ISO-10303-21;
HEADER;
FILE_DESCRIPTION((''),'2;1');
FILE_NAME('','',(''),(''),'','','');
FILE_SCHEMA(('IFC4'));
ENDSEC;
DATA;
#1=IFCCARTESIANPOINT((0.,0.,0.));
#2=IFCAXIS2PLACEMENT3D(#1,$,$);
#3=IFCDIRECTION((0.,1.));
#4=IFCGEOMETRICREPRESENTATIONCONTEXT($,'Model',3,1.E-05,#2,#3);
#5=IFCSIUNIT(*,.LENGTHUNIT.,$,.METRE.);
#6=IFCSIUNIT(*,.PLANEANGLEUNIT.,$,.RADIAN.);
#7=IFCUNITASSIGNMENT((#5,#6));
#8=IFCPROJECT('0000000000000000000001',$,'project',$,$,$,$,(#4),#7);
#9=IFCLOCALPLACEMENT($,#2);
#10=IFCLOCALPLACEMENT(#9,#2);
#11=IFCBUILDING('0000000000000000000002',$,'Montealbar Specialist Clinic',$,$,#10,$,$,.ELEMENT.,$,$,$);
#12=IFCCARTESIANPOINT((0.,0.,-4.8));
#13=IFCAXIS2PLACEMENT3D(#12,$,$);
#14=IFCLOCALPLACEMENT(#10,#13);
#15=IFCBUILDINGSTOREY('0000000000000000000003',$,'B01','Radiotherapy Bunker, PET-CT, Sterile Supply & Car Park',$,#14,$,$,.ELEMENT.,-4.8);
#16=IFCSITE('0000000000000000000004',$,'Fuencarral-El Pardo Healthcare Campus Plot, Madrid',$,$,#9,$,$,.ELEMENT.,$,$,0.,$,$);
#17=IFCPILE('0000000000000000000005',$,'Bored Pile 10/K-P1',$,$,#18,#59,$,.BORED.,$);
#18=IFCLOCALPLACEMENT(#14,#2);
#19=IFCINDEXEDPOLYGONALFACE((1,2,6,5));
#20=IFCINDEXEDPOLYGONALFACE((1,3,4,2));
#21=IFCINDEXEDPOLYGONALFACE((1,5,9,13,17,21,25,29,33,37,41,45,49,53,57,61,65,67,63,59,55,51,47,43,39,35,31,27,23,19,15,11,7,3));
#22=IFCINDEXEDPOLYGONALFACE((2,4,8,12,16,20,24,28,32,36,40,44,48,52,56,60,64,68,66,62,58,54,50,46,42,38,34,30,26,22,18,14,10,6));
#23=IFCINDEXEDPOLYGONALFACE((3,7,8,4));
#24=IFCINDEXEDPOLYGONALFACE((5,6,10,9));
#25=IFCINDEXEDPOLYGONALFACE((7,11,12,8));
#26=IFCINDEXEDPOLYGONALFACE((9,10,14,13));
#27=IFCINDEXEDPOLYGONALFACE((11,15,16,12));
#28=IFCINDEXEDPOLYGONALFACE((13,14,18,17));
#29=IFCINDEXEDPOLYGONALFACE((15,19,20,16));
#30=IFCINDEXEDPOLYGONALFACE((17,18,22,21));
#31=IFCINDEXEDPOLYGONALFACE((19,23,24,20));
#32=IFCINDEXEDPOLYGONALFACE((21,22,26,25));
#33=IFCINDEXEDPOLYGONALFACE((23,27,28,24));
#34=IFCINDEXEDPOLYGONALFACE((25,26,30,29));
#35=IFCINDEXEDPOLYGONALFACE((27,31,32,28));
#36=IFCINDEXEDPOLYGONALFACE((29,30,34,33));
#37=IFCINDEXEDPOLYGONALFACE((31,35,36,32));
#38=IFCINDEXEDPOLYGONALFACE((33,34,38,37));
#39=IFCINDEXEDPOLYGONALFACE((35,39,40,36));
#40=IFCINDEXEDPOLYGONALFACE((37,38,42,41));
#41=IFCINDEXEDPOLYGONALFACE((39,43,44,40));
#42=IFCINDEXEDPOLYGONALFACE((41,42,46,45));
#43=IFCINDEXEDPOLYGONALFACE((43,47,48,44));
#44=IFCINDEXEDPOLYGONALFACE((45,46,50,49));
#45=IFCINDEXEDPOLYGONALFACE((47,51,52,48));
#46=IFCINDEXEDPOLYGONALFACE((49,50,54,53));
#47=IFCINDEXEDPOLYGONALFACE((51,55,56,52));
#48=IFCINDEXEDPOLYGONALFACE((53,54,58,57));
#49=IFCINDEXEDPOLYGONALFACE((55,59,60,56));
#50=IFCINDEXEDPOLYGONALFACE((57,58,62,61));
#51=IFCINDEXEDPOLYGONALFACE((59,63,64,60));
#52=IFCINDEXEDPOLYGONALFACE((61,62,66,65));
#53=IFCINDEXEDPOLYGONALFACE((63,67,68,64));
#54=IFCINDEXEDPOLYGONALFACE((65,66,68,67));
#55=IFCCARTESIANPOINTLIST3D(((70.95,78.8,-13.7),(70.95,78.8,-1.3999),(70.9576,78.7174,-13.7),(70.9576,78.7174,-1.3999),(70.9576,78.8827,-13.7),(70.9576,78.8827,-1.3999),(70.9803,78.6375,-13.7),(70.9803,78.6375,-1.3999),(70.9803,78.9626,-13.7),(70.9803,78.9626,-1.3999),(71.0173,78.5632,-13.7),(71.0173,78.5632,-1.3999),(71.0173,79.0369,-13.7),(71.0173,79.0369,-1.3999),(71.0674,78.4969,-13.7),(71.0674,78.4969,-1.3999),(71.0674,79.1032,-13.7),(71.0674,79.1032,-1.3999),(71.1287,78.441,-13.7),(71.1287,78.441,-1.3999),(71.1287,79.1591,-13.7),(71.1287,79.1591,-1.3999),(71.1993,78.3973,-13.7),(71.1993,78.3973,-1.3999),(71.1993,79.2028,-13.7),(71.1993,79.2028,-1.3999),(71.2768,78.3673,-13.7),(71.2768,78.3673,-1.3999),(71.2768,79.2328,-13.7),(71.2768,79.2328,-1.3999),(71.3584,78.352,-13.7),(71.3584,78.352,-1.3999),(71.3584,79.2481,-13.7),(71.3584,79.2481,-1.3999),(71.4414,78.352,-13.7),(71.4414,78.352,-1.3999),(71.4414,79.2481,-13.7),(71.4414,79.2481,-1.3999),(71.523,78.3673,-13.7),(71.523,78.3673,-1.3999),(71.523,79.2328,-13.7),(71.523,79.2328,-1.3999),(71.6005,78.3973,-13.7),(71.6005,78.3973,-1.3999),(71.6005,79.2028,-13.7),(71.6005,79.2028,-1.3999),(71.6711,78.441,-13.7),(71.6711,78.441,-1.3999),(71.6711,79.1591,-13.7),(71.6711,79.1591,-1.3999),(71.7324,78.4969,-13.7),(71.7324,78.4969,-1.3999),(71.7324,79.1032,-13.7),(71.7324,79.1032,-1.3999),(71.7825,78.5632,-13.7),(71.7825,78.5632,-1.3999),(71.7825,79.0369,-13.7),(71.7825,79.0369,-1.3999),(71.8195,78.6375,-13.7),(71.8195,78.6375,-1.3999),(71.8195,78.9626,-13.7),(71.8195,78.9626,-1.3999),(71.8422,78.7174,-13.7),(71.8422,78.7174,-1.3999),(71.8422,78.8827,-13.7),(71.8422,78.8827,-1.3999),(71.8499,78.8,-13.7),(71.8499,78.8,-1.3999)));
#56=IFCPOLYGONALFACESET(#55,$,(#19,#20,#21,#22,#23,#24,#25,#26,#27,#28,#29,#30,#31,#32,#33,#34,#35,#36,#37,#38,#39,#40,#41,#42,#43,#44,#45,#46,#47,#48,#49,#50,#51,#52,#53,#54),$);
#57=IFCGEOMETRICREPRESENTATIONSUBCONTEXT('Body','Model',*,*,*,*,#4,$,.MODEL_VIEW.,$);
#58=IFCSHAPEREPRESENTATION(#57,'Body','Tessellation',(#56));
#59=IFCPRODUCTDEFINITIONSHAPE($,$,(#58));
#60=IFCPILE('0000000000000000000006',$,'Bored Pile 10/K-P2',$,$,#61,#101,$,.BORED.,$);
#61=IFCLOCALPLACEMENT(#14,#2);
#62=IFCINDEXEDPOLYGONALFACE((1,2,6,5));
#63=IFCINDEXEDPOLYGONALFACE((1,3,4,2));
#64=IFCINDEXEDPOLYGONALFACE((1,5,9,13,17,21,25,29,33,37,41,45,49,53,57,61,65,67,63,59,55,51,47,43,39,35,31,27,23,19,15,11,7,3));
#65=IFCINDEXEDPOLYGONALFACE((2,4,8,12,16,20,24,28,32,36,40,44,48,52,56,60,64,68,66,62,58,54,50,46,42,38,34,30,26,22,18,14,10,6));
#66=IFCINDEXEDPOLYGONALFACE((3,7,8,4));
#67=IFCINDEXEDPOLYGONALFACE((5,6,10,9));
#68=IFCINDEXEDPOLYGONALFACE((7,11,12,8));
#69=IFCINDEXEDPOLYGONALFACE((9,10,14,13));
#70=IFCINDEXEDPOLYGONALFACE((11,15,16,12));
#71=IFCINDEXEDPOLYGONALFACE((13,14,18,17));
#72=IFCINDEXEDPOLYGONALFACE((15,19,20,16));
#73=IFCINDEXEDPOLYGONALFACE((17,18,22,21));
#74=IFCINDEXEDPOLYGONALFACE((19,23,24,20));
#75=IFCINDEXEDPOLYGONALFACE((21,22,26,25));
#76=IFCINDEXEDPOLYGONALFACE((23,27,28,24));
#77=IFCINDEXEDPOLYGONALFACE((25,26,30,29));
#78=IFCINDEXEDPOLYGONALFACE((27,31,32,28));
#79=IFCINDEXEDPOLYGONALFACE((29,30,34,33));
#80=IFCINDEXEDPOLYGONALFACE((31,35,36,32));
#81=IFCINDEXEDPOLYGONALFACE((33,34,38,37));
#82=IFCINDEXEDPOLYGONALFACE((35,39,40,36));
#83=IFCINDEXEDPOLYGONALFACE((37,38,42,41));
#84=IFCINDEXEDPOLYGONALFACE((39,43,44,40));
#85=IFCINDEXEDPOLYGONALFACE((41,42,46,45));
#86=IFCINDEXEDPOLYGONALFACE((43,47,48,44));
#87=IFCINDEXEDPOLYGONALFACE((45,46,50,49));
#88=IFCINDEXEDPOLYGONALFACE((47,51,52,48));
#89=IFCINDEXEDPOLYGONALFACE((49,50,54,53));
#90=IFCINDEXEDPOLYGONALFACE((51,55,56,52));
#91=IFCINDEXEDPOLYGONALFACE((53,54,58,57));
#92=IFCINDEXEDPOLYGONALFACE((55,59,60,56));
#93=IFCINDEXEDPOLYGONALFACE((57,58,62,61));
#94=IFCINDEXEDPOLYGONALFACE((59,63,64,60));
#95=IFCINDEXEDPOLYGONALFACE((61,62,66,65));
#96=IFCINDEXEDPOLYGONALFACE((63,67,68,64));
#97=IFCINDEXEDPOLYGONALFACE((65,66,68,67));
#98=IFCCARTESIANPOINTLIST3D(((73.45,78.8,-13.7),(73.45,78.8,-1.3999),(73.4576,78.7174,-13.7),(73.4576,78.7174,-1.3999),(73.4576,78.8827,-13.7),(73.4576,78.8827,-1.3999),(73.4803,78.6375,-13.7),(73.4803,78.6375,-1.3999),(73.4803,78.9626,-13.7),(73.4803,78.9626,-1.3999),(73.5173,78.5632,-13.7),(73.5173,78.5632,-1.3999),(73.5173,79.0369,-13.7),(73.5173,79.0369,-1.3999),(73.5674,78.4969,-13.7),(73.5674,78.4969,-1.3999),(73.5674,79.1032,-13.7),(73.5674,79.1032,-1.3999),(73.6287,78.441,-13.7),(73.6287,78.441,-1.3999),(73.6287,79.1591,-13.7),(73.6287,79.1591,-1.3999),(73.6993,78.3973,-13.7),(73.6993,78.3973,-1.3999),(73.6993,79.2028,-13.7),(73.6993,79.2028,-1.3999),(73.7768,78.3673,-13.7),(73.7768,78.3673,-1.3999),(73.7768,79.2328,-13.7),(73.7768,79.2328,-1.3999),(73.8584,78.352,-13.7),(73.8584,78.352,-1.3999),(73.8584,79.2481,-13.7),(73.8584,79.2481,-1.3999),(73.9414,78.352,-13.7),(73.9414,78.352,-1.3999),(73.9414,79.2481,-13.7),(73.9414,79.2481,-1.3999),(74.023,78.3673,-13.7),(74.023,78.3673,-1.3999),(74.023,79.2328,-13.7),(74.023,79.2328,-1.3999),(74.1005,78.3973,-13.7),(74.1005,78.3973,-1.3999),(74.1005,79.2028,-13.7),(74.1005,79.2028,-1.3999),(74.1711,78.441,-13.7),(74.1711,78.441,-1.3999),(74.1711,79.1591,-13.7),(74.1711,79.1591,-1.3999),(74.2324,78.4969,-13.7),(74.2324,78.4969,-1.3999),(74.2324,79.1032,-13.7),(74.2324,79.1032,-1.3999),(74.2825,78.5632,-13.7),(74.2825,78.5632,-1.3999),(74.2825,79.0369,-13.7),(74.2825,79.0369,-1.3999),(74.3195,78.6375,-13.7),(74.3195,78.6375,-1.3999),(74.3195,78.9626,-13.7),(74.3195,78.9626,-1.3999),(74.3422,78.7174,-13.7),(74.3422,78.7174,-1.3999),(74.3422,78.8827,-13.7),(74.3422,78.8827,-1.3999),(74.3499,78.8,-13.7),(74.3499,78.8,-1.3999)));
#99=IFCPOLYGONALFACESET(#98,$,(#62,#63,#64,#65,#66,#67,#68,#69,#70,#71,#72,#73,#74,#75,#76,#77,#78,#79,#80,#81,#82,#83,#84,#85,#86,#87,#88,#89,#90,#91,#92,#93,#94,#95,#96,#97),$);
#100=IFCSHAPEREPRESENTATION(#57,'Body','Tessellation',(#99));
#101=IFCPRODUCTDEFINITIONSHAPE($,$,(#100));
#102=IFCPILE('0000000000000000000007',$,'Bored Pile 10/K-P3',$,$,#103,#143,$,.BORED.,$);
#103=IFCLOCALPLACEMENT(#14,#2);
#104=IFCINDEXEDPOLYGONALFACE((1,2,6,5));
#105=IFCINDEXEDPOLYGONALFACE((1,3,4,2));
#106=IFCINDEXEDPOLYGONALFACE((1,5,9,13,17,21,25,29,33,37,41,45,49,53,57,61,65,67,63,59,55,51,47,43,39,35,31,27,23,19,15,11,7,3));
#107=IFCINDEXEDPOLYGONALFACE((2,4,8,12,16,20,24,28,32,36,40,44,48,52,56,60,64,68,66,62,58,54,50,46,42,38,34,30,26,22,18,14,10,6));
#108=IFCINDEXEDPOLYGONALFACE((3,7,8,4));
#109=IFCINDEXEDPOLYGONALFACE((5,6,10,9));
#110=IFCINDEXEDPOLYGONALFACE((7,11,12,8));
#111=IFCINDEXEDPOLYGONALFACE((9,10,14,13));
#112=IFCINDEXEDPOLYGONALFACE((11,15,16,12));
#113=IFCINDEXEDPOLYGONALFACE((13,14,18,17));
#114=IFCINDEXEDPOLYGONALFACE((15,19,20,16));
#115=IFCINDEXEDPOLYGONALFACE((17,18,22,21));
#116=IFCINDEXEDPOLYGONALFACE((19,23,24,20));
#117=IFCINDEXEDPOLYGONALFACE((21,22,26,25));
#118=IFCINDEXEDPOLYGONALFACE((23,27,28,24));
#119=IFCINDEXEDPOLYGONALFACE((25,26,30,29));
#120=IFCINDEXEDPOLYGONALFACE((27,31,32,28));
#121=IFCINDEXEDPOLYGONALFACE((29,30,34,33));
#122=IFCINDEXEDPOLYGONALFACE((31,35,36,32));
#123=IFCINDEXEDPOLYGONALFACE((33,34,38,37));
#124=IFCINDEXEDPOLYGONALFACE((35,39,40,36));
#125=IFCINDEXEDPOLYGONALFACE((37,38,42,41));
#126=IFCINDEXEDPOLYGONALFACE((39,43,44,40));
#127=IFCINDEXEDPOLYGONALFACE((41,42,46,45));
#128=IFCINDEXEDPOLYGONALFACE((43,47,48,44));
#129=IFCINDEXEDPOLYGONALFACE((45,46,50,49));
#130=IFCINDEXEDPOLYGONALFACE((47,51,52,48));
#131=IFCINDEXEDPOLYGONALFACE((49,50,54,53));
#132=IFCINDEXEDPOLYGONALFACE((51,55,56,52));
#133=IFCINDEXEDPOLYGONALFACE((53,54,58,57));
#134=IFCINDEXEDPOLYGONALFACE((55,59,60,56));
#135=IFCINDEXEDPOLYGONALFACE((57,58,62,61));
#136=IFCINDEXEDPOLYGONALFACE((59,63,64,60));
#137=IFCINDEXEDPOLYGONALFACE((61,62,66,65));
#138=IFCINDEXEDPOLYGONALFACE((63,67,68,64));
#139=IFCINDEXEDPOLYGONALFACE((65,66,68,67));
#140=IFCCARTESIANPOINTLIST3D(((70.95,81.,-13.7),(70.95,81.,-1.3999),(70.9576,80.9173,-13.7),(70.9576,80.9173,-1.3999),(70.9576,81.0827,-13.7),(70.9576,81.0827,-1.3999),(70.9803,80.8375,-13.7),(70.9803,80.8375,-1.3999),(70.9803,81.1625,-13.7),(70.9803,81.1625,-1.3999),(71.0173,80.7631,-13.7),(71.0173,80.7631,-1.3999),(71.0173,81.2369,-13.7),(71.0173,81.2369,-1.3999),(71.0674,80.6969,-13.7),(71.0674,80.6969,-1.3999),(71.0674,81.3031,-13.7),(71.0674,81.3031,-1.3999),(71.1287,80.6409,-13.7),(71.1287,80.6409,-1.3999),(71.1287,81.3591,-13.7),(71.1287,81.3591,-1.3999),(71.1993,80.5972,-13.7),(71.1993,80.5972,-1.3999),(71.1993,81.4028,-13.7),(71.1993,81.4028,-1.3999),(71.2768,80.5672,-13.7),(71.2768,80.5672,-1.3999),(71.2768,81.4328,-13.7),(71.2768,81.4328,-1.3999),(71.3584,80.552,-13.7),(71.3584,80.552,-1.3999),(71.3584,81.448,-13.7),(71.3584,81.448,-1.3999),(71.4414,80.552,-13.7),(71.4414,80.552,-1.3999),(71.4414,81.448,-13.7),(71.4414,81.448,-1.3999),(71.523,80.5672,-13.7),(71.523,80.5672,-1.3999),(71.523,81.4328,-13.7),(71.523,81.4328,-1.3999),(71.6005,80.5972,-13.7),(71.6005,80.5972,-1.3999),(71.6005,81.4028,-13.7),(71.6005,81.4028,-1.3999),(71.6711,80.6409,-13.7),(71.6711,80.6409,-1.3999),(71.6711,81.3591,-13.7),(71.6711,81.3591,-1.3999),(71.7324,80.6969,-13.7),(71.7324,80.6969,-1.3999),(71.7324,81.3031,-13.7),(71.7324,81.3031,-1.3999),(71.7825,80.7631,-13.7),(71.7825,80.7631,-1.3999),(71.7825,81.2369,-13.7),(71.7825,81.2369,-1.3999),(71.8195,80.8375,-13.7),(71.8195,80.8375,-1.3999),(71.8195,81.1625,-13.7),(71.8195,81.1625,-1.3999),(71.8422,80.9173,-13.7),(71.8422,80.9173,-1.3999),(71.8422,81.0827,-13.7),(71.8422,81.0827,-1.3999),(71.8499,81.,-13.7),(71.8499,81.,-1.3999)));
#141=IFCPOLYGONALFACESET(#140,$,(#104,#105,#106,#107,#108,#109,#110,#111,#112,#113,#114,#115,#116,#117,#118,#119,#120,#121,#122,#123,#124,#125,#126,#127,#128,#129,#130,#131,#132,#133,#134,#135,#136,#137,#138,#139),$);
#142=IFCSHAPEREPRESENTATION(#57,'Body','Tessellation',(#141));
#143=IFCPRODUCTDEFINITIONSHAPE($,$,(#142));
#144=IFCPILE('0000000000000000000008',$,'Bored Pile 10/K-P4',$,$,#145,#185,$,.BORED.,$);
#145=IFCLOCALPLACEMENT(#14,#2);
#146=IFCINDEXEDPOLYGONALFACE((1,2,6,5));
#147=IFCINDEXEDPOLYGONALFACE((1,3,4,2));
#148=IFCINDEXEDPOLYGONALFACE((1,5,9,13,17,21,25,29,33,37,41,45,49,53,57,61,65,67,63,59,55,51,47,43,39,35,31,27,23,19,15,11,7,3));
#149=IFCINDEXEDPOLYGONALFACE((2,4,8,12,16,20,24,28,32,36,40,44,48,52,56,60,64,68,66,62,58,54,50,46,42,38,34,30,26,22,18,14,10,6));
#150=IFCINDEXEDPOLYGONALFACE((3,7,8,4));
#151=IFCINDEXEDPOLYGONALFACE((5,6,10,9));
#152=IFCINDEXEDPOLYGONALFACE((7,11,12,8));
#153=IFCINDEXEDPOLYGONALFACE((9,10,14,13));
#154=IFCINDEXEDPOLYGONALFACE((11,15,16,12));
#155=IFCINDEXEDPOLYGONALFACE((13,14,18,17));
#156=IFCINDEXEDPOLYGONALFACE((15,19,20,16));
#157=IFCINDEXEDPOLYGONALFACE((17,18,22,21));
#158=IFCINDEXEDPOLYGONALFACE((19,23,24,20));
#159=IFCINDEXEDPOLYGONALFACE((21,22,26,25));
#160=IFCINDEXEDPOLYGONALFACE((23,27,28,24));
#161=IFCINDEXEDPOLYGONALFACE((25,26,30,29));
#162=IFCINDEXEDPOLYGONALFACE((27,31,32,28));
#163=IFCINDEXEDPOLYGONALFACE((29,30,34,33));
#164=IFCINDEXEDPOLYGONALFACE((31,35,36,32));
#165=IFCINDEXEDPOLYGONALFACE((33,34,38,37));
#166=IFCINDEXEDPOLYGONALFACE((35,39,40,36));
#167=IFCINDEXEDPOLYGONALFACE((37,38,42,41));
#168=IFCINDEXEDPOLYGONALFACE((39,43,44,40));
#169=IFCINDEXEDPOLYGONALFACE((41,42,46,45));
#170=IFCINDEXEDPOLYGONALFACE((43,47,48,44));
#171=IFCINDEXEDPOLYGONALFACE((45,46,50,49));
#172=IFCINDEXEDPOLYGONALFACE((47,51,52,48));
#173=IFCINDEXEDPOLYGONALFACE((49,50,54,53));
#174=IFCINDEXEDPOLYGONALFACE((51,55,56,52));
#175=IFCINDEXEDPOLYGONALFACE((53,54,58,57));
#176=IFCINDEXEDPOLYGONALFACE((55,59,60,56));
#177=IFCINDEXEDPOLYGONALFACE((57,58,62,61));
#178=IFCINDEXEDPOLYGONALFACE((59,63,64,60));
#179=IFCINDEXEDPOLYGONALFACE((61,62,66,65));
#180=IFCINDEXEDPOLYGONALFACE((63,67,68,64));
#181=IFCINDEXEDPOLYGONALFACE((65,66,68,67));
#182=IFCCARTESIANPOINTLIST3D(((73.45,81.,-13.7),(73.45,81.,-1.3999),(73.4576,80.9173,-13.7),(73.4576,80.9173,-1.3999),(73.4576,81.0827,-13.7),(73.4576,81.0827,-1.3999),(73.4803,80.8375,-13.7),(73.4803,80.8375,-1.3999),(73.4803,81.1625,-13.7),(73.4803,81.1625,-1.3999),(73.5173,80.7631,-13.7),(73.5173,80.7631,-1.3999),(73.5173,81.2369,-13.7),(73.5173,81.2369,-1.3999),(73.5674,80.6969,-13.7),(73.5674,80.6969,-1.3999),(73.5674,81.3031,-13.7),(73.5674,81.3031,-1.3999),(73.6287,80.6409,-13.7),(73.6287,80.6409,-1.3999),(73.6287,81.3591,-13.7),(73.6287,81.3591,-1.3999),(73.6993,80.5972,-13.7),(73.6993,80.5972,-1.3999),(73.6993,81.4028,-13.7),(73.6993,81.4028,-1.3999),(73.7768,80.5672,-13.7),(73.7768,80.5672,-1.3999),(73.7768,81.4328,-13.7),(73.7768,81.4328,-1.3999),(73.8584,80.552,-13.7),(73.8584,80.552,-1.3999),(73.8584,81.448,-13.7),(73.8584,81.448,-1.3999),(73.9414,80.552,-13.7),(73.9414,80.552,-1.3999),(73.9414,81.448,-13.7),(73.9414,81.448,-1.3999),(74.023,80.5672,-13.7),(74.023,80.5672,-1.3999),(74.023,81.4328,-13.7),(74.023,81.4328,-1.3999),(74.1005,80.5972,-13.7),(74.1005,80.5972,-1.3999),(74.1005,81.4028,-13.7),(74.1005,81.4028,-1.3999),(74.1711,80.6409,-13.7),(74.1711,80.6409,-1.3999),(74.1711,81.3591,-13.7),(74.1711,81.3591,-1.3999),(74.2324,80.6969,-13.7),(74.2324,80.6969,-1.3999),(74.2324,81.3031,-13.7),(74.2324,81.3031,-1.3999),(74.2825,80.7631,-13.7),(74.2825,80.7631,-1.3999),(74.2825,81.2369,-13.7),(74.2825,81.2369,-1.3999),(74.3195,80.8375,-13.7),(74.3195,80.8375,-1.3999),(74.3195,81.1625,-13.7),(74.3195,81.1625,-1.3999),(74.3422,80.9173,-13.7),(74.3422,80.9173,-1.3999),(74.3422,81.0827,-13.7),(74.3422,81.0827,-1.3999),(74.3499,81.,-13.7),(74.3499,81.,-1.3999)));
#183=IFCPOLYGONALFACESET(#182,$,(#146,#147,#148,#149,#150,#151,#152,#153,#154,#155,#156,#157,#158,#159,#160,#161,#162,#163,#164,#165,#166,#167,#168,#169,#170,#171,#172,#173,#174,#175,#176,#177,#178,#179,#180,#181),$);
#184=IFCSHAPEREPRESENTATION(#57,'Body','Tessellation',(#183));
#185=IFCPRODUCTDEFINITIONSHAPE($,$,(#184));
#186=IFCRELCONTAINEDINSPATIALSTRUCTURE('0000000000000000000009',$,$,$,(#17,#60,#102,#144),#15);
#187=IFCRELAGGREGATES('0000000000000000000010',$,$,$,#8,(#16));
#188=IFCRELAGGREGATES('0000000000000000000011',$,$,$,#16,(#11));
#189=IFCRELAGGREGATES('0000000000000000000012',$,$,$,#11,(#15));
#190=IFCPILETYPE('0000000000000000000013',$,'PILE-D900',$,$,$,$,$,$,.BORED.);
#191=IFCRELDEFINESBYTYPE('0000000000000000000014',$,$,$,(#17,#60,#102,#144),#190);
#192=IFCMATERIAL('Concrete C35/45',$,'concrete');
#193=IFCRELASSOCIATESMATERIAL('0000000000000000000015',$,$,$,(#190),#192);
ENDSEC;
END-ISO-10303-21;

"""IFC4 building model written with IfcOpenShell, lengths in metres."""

from ifc_helpers import new_model, si_unit, direction, frame, origin, origin_2d, place, context, subcontext, project, spatial, circle, extrude, material, material_profile, profile_set, type_object, element, save


model = new_model("IFC4")

# Units and contexts
model_context = context("Model", 3, precision=1e-05, world=origin(), true_north=direction((0.0, 1.0)))
body_context = subcontext(model_context, "Body", "Model", "MODEL_VIEW")
ifc_project = project(units=[si_unit("LENGTHUNIT", "METRE"), si_unit("PLANEANGLEUNIT", "RADIAN")], contexts=[model_context])

# Site, building, storey
site_placement = place(None, origin())
site = spatial("IfcSite", under=ifc_project, at=site_placement, Name="Fuencarral-El Pardo Healthcare Campus Plot, Madrid", CompositionType="ELEMENT", RefElevation=0.0)
building_placement = place(site_placement, origin())
building = spatial("IfcBuilding", under=site, at=building_placement, Name="Montealbar Specialist Clinic", CompositionType="ELEMENT")
storey_placement = place(building_placement, frame((0.0, 0.0, -4.8)))
storey = spatial("IfcBuildingStorey", under=building, at=storey_placement, Name="B01", Description="Radiotherapy Bunker, PET-CT, Sterile Supply & Car Park", CompositionType="ELEMENT", Elevation=-4.8)

# Shared definitions
ifc_material_1 = material(Name="Concrete C35/45", Category="concrete")

# Piles
ifc_material_profile_1 = material_profile(ifc_material_1, circle(Radius=0.45, at=origin_2d()), Name="PILE D900", Category="concrete")
ifc_profile_set_1 = profile_set([ifc_material_profile_1], Name="Concrete C35/45")
pile_type = type_object("IfcPileType", Name="PILE-D900", PredefinedType="BORED", material=ifc_profile_set_1)
for number, where, z_axis, x_axis, name in (
    (1, (71.3999, 78.8, -1.3999), (0.0, 0.0, -1.0), (1.0, 0.0, 0.0), "Bored Pile 10/K-P1"),
    (2, (73.8999, 78.8, -1.3999), (0.0, 0.0, -1.0), (1.0, 0.0, 0.0), "Bored Pile 10/K-P2"),
    (3, (71.3999, 81.0, -1.3999), (0.0, 0.0, -1.0), (1.0, 0.0, 0.0), "Bored Pile 10/K-P3"),
    (4, (73.8999, 81.0, -1.3999), (0.0, 0.0, -1.0), (1.0, 0.0, 0.0), "Bored Pile 10/K-P4"),
):
    element("IfcPile", number, at=place(storey_placement, frame(where, z_axis=z_axis, x_axis=x_axis)), inside=storey, type_object=pile_type, Name=name, PredefinedType="BORED", context=body_context, shape_type="SweptSolid", body=[
        extrude(circle(Radius=0.45, at=origin_2d()), origin(), (0.0, 0.0, 1.0), 12.3),
    ])

save(model, "model.ifc")
